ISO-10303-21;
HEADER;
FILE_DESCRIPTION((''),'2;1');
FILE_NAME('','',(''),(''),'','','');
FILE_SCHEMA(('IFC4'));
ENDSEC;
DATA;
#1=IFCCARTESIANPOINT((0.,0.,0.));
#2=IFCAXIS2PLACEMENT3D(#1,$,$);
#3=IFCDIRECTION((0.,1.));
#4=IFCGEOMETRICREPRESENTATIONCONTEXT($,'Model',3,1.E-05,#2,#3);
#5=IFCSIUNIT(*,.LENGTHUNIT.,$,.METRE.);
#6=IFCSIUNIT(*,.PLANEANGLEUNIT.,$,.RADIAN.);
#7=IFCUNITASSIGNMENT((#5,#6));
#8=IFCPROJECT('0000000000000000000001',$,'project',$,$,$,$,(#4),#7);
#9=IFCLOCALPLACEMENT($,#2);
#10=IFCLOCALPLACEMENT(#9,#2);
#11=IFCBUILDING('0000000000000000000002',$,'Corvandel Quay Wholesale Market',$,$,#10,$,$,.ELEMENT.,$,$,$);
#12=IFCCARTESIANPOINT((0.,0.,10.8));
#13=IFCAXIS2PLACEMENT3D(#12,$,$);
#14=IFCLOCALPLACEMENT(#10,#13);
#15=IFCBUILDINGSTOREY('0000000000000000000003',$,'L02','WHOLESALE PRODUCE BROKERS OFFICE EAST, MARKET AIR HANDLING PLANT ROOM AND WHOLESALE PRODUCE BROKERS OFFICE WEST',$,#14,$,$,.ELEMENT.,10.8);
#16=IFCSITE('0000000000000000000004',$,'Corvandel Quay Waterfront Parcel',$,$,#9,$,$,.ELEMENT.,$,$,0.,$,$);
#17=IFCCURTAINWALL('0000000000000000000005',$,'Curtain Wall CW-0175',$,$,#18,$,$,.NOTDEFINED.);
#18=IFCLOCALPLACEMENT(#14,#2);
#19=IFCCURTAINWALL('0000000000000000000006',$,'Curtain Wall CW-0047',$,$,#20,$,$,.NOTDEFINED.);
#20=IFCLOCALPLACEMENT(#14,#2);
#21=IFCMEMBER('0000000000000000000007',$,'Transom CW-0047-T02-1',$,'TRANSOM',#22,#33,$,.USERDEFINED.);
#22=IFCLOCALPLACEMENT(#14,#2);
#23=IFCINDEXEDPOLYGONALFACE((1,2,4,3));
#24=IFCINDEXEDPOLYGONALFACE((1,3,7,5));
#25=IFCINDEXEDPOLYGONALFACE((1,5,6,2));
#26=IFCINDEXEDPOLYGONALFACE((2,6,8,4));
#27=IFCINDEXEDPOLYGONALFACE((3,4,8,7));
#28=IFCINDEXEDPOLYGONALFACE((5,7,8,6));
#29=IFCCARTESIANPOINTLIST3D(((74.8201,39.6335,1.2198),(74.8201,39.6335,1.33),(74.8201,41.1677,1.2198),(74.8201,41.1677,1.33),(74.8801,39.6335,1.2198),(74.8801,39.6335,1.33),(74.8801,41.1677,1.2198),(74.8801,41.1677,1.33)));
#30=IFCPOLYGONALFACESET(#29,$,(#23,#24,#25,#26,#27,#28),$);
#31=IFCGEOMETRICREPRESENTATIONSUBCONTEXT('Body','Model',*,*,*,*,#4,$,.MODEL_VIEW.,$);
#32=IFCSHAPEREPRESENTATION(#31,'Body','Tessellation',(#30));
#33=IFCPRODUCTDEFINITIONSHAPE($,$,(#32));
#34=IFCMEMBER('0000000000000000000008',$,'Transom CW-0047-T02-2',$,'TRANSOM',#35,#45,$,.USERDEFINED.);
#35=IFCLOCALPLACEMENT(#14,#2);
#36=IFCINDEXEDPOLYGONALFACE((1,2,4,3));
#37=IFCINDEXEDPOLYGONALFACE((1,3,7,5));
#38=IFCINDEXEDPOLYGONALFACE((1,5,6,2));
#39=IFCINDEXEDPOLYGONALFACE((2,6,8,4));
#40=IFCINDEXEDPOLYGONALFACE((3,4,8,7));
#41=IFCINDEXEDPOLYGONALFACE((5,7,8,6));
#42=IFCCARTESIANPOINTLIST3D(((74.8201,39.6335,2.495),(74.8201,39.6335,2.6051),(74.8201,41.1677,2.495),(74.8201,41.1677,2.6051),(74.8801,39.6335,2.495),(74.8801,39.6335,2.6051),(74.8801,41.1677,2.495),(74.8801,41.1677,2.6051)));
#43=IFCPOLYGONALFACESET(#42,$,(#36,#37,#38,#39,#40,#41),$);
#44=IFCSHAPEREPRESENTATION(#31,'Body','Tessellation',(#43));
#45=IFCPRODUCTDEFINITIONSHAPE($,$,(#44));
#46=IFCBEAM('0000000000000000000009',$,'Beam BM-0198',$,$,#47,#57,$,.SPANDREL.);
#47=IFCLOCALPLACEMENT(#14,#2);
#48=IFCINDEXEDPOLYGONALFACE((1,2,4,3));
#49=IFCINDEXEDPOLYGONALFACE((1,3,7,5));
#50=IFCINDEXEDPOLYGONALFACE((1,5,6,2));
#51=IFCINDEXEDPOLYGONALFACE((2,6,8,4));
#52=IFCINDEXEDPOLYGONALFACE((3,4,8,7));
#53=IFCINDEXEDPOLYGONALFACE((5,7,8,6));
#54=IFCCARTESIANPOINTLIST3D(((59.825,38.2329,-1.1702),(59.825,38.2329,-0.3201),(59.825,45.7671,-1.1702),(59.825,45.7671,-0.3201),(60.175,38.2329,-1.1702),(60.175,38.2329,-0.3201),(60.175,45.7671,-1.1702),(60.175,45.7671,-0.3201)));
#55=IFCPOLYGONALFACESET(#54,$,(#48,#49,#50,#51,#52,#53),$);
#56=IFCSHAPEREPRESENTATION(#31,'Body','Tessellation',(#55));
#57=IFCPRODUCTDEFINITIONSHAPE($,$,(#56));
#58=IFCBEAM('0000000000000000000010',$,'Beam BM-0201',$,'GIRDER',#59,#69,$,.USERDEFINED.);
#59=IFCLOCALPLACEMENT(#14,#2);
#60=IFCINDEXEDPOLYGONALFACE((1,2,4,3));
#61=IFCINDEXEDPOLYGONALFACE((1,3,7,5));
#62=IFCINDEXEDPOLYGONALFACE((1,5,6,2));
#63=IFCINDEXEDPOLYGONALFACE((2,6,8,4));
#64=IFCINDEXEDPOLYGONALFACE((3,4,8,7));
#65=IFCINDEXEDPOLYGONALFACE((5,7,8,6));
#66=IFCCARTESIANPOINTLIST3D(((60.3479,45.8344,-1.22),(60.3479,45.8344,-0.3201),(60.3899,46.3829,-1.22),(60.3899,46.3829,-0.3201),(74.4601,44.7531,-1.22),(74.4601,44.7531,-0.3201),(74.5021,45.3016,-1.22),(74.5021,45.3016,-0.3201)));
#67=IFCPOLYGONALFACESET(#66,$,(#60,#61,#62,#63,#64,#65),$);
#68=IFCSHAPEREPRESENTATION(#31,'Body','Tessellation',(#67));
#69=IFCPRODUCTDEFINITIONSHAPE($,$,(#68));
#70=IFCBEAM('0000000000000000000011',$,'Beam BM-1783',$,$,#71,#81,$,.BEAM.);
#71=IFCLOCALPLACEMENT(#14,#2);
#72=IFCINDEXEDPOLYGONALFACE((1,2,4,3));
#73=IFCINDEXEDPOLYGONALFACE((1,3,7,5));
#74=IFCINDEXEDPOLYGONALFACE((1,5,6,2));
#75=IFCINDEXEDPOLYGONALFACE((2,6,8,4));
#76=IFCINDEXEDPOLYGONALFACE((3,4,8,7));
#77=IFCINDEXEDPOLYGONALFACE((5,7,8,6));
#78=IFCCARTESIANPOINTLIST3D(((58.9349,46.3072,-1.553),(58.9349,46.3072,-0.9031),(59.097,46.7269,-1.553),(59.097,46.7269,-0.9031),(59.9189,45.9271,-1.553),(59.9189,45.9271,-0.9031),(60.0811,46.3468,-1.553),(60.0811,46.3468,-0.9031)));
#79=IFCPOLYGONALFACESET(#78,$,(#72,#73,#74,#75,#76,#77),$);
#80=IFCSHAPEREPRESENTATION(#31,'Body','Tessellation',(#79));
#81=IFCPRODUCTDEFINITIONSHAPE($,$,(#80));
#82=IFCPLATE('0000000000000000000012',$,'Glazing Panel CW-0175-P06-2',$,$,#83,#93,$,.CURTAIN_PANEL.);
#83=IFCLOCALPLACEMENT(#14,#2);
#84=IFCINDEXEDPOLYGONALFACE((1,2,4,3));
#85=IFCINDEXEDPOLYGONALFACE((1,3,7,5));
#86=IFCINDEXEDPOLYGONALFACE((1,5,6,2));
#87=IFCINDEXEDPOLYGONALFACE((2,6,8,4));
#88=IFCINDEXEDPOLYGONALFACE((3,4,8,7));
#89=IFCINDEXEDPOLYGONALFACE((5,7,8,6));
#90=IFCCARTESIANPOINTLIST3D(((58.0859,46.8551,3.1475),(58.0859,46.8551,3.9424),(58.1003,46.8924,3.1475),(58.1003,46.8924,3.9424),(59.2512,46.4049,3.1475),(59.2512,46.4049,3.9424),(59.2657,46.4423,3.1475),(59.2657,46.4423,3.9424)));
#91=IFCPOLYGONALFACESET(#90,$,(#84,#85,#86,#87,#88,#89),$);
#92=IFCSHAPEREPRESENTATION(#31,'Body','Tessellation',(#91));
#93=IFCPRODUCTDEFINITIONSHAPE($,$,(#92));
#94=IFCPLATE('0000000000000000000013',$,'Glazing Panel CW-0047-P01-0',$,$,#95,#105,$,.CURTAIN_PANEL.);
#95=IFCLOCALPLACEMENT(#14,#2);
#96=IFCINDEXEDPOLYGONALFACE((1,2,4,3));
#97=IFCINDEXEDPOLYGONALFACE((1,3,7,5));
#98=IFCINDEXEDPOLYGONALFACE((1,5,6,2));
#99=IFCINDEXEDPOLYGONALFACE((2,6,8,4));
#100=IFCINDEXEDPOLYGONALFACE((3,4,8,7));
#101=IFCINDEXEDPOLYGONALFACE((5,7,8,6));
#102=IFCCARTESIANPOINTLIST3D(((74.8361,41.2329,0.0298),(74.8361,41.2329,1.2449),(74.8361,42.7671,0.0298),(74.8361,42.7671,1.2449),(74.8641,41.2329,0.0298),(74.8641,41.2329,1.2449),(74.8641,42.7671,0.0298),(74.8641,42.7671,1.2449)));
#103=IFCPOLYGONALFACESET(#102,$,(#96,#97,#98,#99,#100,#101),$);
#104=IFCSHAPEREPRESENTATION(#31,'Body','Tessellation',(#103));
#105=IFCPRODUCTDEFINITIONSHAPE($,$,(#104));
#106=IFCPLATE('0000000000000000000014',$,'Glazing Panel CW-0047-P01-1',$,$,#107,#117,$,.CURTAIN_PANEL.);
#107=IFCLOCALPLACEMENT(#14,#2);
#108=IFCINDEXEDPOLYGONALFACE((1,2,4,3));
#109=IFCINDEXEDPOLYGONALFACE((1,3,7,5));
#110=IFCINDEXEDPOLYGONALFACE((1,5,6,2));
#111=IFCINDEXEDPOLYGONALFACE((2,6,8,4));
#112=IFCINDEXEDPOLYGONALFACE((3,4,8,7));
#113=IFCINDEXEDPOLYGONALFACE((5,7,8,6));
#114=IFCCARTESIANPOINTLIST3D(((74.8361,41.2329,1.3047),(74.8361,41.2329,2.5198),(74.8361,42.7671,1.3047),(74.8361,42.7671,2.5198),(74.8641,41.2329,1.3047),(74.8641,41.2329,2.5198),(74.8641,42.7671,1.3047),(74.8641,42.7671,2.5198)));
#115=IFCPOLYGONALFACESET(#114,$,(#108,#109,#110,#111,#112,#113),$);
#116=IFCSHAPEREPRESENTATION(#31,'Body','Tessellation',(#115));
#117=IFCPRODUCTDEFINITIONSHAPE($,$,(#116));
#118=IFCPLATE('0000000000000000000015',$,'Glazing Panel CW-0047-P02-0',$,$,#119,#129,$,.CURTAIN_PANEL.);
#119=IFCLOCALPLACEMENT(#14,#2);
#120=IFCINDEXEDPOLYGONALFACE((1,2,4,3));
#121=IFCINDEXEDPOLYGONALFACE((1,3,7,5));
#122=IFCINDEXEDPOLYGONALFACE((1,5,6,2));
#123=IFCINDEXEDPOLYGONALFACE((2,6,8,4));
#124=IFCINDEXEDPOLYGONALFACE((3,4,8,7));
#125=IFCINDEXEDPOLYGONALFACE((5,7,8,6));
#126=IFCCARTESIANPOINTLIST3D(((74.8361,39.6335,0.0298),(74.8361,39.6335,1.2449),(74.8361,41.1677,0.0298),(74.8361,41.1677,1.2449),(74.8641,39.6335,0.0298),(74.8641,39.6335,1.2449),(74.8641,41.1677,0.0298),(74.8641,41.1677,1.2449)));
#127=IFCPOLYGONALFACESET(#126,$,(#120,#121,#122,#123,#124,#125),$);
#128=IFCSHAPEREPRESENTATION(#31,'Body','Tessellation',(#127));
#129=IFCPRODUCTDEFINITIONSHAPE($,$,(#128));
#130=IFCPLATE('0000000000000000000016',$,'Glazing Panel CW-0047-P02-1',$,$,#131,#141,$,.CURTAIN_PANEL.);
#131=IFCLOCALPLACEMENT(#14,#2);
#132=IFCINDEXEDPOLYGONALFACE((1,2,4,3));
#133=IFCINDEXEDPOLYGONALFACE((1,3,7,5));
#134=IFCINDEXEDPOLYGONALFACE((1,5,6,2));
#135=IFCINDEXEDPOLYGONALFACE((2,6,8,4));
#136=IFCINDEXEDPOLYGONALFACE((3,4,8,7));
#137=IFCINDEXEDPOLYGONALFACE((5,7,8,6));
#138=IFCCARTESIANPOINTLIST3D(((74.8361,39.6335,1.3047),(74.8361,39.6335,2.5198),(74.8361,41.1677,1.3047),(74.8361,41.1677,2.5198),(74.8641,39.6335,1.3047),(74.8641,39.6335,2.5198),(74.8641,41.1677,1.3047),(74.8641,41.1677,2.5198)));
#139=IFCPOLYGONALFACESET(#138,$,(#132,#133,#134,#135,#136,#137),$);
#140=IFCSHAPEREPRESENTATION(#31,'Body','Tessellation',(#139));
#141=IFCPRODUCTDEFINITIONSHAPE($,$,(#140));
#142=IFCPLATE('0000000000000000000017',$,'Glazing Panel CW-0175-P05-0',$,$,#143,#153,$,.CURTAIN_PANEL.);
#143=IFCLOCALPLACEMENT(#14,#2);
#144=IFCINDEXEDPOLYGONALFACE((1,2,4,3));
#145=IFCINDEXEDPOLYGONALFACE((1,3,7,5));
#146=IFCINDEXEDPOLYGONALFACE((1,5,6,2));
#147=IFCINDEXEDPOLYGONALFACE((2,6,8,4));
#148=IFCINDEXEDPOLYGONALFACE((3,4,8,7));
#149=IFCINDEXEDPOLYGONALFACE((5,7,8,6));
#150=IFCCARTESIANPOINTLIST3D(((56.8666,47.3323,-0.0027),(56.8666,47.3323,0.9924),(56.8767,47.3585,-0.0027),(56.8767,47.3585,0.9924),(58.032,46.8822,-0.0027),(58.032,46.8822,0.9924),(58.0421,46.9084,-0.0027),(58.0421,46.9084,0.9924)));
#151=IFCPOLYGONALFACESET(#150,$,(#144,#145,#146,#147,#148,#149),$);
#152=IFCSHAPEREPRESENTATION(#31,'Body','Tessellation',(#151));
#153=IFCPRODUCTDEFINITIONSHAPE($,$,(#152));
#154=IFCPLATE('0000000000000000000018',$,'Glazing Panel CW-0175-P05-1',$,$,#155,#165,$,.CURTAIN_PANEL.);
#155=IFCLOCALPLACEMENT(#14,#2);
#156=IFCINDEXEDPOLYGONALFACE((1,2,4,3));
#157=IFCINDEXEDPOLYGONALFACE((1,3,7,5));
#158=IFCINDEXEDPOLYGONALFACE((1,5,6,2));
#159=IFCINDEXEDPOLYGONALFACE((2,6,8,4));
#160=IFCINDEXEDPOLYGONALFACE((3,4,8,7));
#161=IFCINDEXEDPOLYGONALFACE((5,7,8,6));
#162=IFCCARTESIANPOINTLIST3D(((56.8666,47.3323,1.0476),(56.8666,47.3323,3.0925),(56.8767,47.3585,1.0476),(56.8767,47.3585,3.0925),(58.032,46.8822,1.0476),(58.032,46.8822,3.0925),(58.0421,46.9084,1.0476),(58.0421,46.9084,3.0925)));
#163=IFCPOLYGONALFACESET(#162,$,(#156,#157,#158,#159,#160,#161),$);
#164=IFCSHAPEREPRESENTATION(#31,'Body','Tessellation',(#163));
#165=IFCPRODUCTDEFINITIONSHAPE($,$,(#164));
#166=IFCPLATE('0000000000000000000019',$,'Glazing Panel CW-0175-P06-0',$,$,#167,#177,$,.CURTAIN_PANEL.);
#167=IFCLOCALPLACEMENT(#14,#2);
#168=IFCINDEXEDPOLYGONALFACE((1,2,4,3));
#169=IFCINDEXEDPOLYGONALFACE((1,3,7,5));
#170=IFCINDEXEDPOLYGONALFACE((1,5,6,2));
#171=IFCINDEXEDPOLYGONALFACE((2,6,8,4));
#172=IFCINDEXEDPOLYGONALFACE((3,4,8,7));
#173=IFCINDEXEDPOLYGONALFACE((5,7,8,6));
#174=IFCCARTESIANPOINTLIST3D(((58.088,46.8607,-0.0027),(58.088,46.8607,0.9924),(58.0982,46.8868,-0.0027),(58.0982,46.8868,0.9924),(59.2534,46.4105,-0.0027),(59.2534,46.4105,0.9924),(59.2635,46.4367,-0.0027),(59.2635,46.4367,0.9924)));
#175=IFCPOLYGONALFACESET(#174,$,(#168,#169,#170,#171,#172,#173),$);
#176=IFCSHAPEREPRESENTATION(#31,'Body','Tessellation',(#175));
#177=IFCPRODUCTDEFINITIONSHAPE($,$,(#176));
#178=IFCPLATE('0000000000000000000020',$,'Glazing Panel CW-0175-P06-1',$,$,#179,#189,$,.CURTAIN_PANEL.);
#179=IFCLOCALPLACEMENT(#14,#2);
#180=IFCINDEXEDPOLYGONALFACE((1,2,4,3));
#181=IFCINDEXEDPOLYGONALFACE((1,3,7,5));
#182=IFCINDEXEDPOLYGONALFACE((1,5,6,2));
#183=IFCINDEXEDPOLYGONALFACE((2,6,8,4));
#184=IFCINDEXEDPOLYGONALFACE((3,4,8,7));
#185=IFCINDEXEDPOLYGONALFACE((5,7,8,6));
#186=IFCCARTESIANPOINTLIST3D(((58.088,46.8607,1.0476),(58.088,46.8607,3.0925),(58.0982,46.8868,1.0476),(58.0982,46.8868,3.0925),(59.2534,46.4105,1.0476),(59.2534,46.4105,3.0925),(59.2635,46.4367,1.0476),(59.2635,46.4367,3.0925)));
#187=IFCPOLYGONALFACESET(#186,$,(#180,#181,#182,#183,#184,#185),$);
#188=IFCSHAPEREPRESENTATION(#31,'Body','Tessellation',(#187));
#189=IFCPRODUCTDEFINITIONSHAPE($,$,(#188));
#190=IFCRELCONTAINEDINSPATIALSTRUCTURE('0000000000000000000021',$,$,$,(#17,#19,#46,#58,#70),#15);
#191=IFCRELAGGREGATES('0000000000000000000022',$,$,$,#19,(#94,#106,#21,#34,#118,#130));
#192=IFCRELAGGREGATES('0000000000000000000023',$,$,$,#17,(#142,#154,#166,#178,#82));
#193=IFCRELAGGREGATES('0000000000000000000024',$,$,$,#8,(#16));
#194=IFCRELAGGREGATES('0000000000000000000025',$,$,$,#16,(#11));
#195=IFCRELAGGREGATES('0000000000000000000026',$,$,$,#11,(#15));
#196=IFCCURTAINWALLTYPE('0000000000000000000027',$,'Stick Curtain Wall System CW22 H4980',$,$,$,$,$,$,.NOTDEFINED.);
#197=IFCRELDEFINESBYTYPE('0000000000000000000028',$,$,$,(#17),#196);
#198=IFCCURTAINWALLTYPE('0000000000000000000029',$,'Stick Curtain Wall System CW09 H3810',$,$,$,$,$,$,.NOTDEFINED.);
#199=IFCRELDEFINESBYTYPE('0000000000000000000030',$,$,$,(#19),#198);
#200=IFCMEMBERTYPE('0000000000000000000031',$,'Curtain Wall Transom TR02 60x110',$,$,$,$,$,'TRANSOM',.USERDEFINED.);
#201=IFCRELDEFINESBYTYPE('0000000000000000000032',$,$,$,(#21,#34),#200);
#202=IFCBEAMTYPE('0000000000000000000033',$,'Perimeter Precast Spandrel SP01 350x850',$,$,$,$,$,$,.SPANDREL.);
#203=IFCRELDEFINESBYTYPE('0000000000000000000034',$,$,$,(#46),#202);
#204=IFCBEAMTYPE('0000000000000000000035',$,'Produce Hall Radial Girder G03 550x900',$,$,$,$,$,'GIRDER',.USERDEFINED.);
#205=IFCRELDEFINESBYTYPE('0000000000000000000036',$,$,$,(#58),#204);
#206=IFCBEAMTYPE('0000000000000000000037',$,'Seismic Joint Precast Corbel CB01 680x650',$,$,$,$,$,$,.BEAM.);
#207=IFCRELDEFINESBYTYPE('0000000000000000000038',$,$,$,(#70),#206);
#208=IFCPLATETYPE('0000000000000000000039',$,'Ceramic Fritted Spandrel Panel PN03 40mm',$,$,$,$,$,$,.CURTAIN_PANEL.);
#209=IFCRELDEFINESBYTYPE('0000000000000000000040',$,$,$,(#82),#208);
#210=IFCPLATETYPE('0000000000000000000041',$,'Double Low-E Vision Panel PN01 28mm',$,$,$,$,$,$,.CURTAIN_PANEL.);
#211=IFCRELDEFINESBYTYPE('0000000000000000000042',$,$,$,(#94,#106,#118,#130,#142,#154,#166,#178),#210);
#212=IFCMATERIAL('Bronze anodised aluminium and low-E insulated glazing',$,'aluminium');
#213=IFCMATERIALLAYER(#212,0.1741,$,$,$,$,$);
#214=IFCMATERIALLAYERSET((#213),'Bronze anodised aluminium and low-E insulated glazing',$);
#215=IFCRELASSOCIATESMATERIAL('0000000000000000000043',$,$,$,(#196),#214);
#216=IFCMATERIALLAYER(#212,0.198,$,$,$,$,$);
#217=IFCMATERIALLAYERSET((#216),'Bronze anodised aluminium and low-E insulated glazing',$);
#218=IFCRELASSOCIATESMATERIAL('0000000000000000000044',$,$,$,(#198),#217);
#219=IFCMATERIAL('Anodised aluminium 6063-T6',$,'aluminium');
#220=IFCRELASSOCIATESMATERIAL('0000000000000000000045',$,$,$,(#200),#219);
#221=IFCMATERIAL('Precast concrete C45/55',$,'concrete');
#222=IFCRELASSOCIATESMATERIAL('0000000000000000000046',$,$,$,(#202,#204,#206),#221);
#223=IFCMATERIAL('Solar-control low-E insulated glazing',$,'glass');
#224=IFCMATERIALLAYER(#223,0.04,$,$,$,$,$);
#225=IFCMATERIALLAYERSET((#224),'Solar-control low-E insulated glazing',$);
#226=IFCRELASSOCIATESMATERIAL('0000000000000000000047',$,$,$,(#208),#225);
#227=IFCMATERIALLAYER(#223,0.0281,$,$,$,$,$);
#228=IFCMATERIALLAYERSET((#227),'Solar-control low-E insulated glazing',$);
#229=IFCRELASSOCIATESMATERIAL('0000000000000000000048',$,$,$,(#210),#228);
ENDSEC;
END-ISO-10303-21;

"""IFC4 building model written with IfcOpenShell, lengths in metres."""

from ifc_helpers import new_model, si_unit, direction, frame, origin, origin_2d, place, context, subcontext, project, spatial, rectangle, extrude, material, layer, layer_set, material_profile, profile_set, type_object, element, aggregate, save


model = new_model("IFC4")

# Units and contexts
model_context = context("Model", 3, precision=1e-05, world=origin(), true_north=direction((0.0, 1.0)))
body_context = subcontext(model_context, "Body", "Model", "MODEL_VIEW")
ifc_project = project(units=[si_unit("LENGTHUNIT", "METRE"), si_unit("PLANEANGLEUNIT", "RADIAN")], contexts=[model_context])

# Site, building, storey
site_placement = place(None, origin())
site = spatial("IfcSite", under=ifc_project, at=site_placement, Name="Corvandel Quay Waterfront Parcel", CompositionType="ELEMENT", RefElevation=0.0)
building_placement = place(site_placement, origin())
building = spatial("IfcBuilding", under=site, at=building_placement, Name="Corvandel Quay Wholesale Market", CompositionType="ELEMENT")
storey_placement = place(building_placement, frame((0.0, 0.0, 10.8)))
storey = spatial("IfcBuildingStorey", under=building, at=storey_placement, Name="L02", Description="WHOLESALE PRODUCE BROKERS OFFICE EAST, MARKET AIR HANDLING PLANT ROOM AND WHOLESALE PRODUCE BROKERS OFFICE WEST", CompositionType="ELEMENT", Elevation=10.8)

# Shared definitions
ifc_material_1 = material(Name="Precast concrete C45/55", Category="concrete")

# Curtain walls, members
ifc_material_2 = material(Name="Bronze anodised aluminium and low-E insulated glazing", Category="aluminium")
ifc_layer_1 = layer(ifc_material_2, 0.1741)
ifc_layer_set_1 = layer_set([ifc_layer_1], Name="Bronze anodised aluminium and low-E insulated glazing")
curtain_wall_type_1 = type_object("IfcCurtainWallType", Name="Stick Curtain Wall System CW22 H4980", PredefinedType="NOTDEFINED", material=ifc_layer_set_1)
curtain_wall_1_placement = place(storey_placement, origin())
curtain_wall_1 = element("IfcCurtainWall", 1, at=curtain_wall_1_placement, inside=storey, type_object=curtain_wall_type_1, Name="Curtain Wall CW-0175", PredefinedType="NOTDEFINED")
ifc_material_3 = material(Name="Anodised aluminium 6063-T6", Category="aluminium")
ifc_layer_2 = layer(ifc_material_2, 0.198)
ifc_layer_set_2 = layer_set([ifc_layer_2], Name="Bronze anodised aluminium and low-E insulated glazing")
curtain_wall_type_2 = type_object("IfcCurtainWallType", Name="Stick Curtain Wall System CW09 H3810", PredefinedType="NOTDEFINED", material=ifc_layer_set_2)
curtain_wall_2_placement = place(storey_placement, origin())
curtain_wall_2 = element("IfcCurtainWall", 2, at=curtain_wall_2_placement, inside=storey, type_object=curtain_wall_type_2, Name="Curtain Wall CW-0047", PredefinedType="NOTDEFINED")
ifc_material_profile_1 = material_profile(ifc_material_3, rectangle(XDim=0.0601, YDim=0.1101, at=origin_2d()), Name="ALU-TRN-60x110")
ifc_profile_set_1 = profile_set([ifc_material_profile_1], Name="Anodised aluminium 6063-T6")
member_type_1 = type_object("IfcMemberType", Name="Curtain Wall Transom TR02 60x110", ElementType="TRANSOM", PredefinedType="USERDEFINED", material=ifc_profile_set_1)
member_1_placement = place(storey_placement, frame((74.8501, 41.1677, 1.2749), z_axis=(0.0, -1.0, 0.0), x_axis=(1.0, 0.0, 0.0)))
member_1 = element("IfcMember", 3, at=member_1_placement, type_object=member_type_1, Name="Transom CW-0047-T02-1", ObjectType="TRANSOM", PredefinedType="USERDEFINED", context=body_context, shape_type="SweptSolid", body=[
    extrude(rectangle(XDim=0.0601, YDim=0.1101, at=origin_2d()), origin(), (0.0, 0.0, 1.0), 1.5342),
])
member_2_placement = place(storey_placement, frame((74.8501, 41.1677, 2.55), z_axis=(0.0, -1.0, 0.0), x_axis=(1.0, 0.0, 0.0)))
member_2 = element("IfcMember", 4, at=member_2_placement, type_object=member_type_1, Name="Transom CW-0047-T02-2", ObjectType="TRANSOM", PredefinedType="USERDEFINED", context=body_context, shape_type="SweptSolid", body=[
    extrude(rectangle(XDim=0.0601, YDim=0.1101, at=origin_2d()), origin(), (0.0, 0.0, 1.0), 1.5342),
])

# Beams
ifc_material_profile_2 = material_profile(ifc_material_1, rectangle(XDim=0.3501, YDim=0.8501, at=origin_2d()), Name="PC-SPN-350x850")
ifc_profile_set_2 = profile_set([ifc_material_profile_2], Name="Precast concrete C45/55")
beam_type_1 = type_object("IfcBeamType", Name="Perimeter Precast Spandrel SP01 350x850", PredefinedType="SPANDREL", material=ifc_profile_set_2)
beam_1_placement = place(storey_placement, frame((60.0, 45.7671, -0.7451), z_axis=(0.0, -1.0, 0.0), x_axis=(1.0, 0.0, 0.0)))
element("IfcBeam", 5, at=beam_1_placement, inside=storey, type_object=beam_type_1, Name="Beam BM-0198", PredefinedType="SPANDREL", context=body_context, shape_type="SweptSolid", body=[
    extrude(rectangle(XDim=0.3501, YDim=0.8501, at=origin_2d()), origin(), (0.0, 0.0, 1.0), 7.5342),
])
ifc_material_profile_3 = material_profile(ifc_material_1, rectangle(XDim=0.55, YDim=0.8999, at=origin_2d()), Name="PC-GIR-550x900")
ifc_profile_set_3 = profile_set([ifc_material_profile_3], Name="Precast concrete C45/55")
beam_type_2 = type_object("IfcBeamType", Name="Produce Hall Radial Girder G03 550x900", ElementType="GIRDER", PredefinedType="USERDEFINED", material=ifc_profile_set_3)
beam_2_placement = place(storey_placement, frame((60.3689, 46.1086, -0.77), z_axis=(0.997077, -0.076397, 0.0), x_axis=(0.076397, 0.997077, 0.0)))
element("IfcBeam", 6, at=beam_2_placement, inside=storey, type_object=beam_type_2, Name="Beam BM-0201", ObjectType="GIRDER", PredefinedType="USERDEFINED", context=body_context, shape_type="SweptSolid", body=[
    extrude(rectangle(XDim=0.55, YDim=0.8999, at=origin_2d()), origin(), (0.0, 0.0, 1.0), 14.1536),
])
ifc_material_profile_4 = material_profile(ifc_material_1, rectangle(XDim=0.45, YDim=0.6499, at=origin_2d()), Name="PC-COR-680x650")
ifc_profile_set_4 = profile_set([ifc_material_profile_4], Name="Precast concrete C45/55")
beam_type_3 = type_object("IfcBeamType", Name="Seismic Joint Precast Corbel CB01 680x650", PredefinedType="BEAM", material=ifc_profile_set_4)
beam_3_placement = place(storey_placement, frame((60.0, 46.137, -1.228), z_axis=(-0.932832, 0.360312, 0.0), x_axis=(-0.360312, -0.932832, 0.0)))
element("IfcBeam", 7, at=beam_3_placement, inside=storey, type_object=beam_type_3, Name="Beam BM-1783", PredefinedType="BEAM", context=body_context, shape_type="SweptSolid", body=[
    extrude(rectangle(XDim=0.45, YDim=0.6499, at=origin_2d()), origin(), (0.0, 0.0, 1.0), 1.0549),
])

# Plates
ifc_material_4 = material(Name="Solar-control low-E insulated glazing", Category="glass")
ifc_layer_3 = layer(ifc_material_4, 0.04)
ifc_layer_set_3 = layer_set([ifc_layer_3], Name="Solar-control low-E insulated glazing")
plate_type_1 = type_object("IfcPlateType", Name="Ceramic Fritted Spandrel Panel PN03 40mm", PredefinedType="CURTAIN_PANEL", material=ifc_layer_set_3)
plate_1_placement = place(storey_placement, frame((58.6758, 46.6487, 3.1475), z_axis=(0.0, 0.0, 1.0), x_axis=(-0.932828, 0.360322, 0.0)))
plate_1 = element("IfcPlate", 8, at=plate_1_placement, type_object=plate_type_1, Name="Glazing Panel CW-0175-P06-2", PredefinedType="CURTAIN_PANEL", context=body_context, shape_type="SweptSolid", body=[
    extrude(rectangle(XDim=1.2493, YDim=0.04, at=origin_2d()), origin(), (0.0, 0.0, 1.0), 0.7949),
])
ifc_layer_4 = layer(ifc_material_4, 0.0281)
ifc_layer_set_4 = layer_set([ifc_layer_4], Name="Solar-control low-E insulated glazing")
plate_type_2 = type_object("IfcPlateType", Name="Double Low-E Vision Panel PN01 28mm", PredefinedType="CURTAIN_PANEL", material=ifc_layer_set_4)
plate_2_placement = place(storey_placement, frame((74.8501, 42.0, 0.0298), z_axis=(0.0, 0.0, 1.0), x_axis=(0.0, 1.0, 0.0)))
plate_2 = element("IfcPlate", 9, at=plate_2_placement, type_object=plate_type_2, Name="Glazing Panel CW-0047-P01-0", PredefinedType="CURTAIN_PANEL", context=body_context, shape_type="SweptSolid", body=[
    extrude(rectangle(XDim=1.5342, YDim=0.0281, at=origin_2d()), origin(), (0.0, 0.0, 1.0), 1.2151),
])
plate_3_placement = place(storey_placement, frame((74.8501, 42.0, 1.3047), z_axis=(0.0, 0.0, 1.0), x_axis=(0.0, 1.0, 0.0)))
plate_3 = element("IfcPlate", 10, at=plate_3_placement, type_object=plate_type_2, Name="Glazing Panel CW-0047-P01-1", PredefinedType="CURTAIN_PANEL", context=body_context, shape_type="SweptSolid", body=[
    extrude(rectangle(XDim=1.5342, YDim=0.0281, at=origin_2d()), origin(), (0.0, 0.0, 1.0), 1.2151),
])
plate_4_placement = place(storey_placement, frame((74.8501, 40.4006, 0.0298), z_axis=(0.0, 0.0, 1.0), x_axis=(0.0, 1.0, 0.0)))
plate_4 = element("IfcPlate", 11, at=plate_4_placement, type_object=plate_type_2, Name="Glazing Panel CW-0047-P02-0", PredefinedType="CURTAIN_PANEL", context=body_context, shape_type="SweptSolid", body=[
    extrude(rectangle(XDim=1.5342, YDim=0.0281, at=origin_2d()), origin(), (0.0, 0.0, 1.0), 1.2151),
])
plate_5_placement = place(storey_placement, frame((74.8501, 40.4006, 1.3047), z_axis=(0.0, 0.0, 1.0), x_axis=(0.0, 1.0, 0.0)))
plate_5 = element("IfcPlate", 12, at=plate_5_placement, type_object=plate_type_2, Name="Glazing Panel CW-0047-P02-1", PredefinedType="CURTAIN_PANEL", context=body_context, shape_type="SweptSolid", body=[
    extrude(rectangle(XDim=1.5342, YDim=0.0281, at=origin_2d()), origin(), (0.0, 0.0, 1.0), 1.2151),
])
aggregate(curtain_wall_2, [plate_2, plate_3, member_1, member_2, plate_4, plate_5])
plate_6_placement = place(storey_placement, frame((57.4543, 47.1204, -0.0027), z_axis=(0.0, 0.0, 1.0), x_axis=(-0.932828, 0.360322, 0.0)))
plate_6 = element("IfcPlate", 13, at=plate_6_placement, type_object=plate_type_2, Name="Glazing Panel CW-0175-P05-0", PredefinedType="CURTAIN_PANEL", context=body_context, shape_type="SweptSolid", body=[
    extrude(rectangle(XDim=1.2493, YDim=0.0281, at=origin_2d()), origin(), (0.0, 0.0, 1.0), 0.9951),
])
plate_7_placement = place(storey_placement, frame((57.4543, 47.1204, 1.0476), z_axis=(0.0, 0.0, 1.0), x_axis=(-0.932828, 0.360322, 0.0)))
plate_7 = element("IfcPlate", 14, at=plate_7_placement, type_object=plate_type_2, Name="Glazing Panel CW-0175-P05-1", PredefinedType="CURTAIN_PANEL", context=body_context, shape_type="SweptSolid", body=[
    extrude(rectangle(XDim=1.2493, YDim=0.0281, at=origin_2d()), origin(), (0.0, 0.0, 1.0), 2.0449),
])
plate_8_placement = place(storey_placement, frame((58.6758, 46.6487, -0.0027), z_axis=(0.0, 0.0, 1.0), x_axis=(-0.932828, 0.360322, 0.0)))
plate_8 = element("IfcPlate", 15, at=plate_8_placement, type_object=plate_type_2, Name="Glazing Panel CW-0175-P06-0", PredefinedType="CURTAIN_PANEL", context=body_context, shape_type="SweptSolid", body=[
    extrude(rectangle(XDim=1.2493, YDim=0.0281, at=origin_2d()), origin(), (0.0, 0.0, 1.0), 0.9951),
])
plate_9_placement = place(storey_placement, frame((58.6758, 46.6487, 1.0476), z_axis=(0.0, 0.0, 1.0), x_axis=(-0.932828, 0.360322, 0.0)))
plate_9 = element("IfcPlate", 16, at=plate_9_placement, type_object=plate_type_2, Name="Glazing Panel CW-0175-P06-1", PredefinedType="CURTAIN_PANEL", context=body_context, shape_type="SweptSolid", body=[
    extrude(rectangle(XDim=1.2493, YDim=0.0281, at=origin_2d()), origin(), (0.0, 0.0, 1.0), 2.0449),
])
aggregate(curtain_wall_1, [plate_6, plate_7, plate_8, plate_9, plate_1])

save(model, "model.ifc")
